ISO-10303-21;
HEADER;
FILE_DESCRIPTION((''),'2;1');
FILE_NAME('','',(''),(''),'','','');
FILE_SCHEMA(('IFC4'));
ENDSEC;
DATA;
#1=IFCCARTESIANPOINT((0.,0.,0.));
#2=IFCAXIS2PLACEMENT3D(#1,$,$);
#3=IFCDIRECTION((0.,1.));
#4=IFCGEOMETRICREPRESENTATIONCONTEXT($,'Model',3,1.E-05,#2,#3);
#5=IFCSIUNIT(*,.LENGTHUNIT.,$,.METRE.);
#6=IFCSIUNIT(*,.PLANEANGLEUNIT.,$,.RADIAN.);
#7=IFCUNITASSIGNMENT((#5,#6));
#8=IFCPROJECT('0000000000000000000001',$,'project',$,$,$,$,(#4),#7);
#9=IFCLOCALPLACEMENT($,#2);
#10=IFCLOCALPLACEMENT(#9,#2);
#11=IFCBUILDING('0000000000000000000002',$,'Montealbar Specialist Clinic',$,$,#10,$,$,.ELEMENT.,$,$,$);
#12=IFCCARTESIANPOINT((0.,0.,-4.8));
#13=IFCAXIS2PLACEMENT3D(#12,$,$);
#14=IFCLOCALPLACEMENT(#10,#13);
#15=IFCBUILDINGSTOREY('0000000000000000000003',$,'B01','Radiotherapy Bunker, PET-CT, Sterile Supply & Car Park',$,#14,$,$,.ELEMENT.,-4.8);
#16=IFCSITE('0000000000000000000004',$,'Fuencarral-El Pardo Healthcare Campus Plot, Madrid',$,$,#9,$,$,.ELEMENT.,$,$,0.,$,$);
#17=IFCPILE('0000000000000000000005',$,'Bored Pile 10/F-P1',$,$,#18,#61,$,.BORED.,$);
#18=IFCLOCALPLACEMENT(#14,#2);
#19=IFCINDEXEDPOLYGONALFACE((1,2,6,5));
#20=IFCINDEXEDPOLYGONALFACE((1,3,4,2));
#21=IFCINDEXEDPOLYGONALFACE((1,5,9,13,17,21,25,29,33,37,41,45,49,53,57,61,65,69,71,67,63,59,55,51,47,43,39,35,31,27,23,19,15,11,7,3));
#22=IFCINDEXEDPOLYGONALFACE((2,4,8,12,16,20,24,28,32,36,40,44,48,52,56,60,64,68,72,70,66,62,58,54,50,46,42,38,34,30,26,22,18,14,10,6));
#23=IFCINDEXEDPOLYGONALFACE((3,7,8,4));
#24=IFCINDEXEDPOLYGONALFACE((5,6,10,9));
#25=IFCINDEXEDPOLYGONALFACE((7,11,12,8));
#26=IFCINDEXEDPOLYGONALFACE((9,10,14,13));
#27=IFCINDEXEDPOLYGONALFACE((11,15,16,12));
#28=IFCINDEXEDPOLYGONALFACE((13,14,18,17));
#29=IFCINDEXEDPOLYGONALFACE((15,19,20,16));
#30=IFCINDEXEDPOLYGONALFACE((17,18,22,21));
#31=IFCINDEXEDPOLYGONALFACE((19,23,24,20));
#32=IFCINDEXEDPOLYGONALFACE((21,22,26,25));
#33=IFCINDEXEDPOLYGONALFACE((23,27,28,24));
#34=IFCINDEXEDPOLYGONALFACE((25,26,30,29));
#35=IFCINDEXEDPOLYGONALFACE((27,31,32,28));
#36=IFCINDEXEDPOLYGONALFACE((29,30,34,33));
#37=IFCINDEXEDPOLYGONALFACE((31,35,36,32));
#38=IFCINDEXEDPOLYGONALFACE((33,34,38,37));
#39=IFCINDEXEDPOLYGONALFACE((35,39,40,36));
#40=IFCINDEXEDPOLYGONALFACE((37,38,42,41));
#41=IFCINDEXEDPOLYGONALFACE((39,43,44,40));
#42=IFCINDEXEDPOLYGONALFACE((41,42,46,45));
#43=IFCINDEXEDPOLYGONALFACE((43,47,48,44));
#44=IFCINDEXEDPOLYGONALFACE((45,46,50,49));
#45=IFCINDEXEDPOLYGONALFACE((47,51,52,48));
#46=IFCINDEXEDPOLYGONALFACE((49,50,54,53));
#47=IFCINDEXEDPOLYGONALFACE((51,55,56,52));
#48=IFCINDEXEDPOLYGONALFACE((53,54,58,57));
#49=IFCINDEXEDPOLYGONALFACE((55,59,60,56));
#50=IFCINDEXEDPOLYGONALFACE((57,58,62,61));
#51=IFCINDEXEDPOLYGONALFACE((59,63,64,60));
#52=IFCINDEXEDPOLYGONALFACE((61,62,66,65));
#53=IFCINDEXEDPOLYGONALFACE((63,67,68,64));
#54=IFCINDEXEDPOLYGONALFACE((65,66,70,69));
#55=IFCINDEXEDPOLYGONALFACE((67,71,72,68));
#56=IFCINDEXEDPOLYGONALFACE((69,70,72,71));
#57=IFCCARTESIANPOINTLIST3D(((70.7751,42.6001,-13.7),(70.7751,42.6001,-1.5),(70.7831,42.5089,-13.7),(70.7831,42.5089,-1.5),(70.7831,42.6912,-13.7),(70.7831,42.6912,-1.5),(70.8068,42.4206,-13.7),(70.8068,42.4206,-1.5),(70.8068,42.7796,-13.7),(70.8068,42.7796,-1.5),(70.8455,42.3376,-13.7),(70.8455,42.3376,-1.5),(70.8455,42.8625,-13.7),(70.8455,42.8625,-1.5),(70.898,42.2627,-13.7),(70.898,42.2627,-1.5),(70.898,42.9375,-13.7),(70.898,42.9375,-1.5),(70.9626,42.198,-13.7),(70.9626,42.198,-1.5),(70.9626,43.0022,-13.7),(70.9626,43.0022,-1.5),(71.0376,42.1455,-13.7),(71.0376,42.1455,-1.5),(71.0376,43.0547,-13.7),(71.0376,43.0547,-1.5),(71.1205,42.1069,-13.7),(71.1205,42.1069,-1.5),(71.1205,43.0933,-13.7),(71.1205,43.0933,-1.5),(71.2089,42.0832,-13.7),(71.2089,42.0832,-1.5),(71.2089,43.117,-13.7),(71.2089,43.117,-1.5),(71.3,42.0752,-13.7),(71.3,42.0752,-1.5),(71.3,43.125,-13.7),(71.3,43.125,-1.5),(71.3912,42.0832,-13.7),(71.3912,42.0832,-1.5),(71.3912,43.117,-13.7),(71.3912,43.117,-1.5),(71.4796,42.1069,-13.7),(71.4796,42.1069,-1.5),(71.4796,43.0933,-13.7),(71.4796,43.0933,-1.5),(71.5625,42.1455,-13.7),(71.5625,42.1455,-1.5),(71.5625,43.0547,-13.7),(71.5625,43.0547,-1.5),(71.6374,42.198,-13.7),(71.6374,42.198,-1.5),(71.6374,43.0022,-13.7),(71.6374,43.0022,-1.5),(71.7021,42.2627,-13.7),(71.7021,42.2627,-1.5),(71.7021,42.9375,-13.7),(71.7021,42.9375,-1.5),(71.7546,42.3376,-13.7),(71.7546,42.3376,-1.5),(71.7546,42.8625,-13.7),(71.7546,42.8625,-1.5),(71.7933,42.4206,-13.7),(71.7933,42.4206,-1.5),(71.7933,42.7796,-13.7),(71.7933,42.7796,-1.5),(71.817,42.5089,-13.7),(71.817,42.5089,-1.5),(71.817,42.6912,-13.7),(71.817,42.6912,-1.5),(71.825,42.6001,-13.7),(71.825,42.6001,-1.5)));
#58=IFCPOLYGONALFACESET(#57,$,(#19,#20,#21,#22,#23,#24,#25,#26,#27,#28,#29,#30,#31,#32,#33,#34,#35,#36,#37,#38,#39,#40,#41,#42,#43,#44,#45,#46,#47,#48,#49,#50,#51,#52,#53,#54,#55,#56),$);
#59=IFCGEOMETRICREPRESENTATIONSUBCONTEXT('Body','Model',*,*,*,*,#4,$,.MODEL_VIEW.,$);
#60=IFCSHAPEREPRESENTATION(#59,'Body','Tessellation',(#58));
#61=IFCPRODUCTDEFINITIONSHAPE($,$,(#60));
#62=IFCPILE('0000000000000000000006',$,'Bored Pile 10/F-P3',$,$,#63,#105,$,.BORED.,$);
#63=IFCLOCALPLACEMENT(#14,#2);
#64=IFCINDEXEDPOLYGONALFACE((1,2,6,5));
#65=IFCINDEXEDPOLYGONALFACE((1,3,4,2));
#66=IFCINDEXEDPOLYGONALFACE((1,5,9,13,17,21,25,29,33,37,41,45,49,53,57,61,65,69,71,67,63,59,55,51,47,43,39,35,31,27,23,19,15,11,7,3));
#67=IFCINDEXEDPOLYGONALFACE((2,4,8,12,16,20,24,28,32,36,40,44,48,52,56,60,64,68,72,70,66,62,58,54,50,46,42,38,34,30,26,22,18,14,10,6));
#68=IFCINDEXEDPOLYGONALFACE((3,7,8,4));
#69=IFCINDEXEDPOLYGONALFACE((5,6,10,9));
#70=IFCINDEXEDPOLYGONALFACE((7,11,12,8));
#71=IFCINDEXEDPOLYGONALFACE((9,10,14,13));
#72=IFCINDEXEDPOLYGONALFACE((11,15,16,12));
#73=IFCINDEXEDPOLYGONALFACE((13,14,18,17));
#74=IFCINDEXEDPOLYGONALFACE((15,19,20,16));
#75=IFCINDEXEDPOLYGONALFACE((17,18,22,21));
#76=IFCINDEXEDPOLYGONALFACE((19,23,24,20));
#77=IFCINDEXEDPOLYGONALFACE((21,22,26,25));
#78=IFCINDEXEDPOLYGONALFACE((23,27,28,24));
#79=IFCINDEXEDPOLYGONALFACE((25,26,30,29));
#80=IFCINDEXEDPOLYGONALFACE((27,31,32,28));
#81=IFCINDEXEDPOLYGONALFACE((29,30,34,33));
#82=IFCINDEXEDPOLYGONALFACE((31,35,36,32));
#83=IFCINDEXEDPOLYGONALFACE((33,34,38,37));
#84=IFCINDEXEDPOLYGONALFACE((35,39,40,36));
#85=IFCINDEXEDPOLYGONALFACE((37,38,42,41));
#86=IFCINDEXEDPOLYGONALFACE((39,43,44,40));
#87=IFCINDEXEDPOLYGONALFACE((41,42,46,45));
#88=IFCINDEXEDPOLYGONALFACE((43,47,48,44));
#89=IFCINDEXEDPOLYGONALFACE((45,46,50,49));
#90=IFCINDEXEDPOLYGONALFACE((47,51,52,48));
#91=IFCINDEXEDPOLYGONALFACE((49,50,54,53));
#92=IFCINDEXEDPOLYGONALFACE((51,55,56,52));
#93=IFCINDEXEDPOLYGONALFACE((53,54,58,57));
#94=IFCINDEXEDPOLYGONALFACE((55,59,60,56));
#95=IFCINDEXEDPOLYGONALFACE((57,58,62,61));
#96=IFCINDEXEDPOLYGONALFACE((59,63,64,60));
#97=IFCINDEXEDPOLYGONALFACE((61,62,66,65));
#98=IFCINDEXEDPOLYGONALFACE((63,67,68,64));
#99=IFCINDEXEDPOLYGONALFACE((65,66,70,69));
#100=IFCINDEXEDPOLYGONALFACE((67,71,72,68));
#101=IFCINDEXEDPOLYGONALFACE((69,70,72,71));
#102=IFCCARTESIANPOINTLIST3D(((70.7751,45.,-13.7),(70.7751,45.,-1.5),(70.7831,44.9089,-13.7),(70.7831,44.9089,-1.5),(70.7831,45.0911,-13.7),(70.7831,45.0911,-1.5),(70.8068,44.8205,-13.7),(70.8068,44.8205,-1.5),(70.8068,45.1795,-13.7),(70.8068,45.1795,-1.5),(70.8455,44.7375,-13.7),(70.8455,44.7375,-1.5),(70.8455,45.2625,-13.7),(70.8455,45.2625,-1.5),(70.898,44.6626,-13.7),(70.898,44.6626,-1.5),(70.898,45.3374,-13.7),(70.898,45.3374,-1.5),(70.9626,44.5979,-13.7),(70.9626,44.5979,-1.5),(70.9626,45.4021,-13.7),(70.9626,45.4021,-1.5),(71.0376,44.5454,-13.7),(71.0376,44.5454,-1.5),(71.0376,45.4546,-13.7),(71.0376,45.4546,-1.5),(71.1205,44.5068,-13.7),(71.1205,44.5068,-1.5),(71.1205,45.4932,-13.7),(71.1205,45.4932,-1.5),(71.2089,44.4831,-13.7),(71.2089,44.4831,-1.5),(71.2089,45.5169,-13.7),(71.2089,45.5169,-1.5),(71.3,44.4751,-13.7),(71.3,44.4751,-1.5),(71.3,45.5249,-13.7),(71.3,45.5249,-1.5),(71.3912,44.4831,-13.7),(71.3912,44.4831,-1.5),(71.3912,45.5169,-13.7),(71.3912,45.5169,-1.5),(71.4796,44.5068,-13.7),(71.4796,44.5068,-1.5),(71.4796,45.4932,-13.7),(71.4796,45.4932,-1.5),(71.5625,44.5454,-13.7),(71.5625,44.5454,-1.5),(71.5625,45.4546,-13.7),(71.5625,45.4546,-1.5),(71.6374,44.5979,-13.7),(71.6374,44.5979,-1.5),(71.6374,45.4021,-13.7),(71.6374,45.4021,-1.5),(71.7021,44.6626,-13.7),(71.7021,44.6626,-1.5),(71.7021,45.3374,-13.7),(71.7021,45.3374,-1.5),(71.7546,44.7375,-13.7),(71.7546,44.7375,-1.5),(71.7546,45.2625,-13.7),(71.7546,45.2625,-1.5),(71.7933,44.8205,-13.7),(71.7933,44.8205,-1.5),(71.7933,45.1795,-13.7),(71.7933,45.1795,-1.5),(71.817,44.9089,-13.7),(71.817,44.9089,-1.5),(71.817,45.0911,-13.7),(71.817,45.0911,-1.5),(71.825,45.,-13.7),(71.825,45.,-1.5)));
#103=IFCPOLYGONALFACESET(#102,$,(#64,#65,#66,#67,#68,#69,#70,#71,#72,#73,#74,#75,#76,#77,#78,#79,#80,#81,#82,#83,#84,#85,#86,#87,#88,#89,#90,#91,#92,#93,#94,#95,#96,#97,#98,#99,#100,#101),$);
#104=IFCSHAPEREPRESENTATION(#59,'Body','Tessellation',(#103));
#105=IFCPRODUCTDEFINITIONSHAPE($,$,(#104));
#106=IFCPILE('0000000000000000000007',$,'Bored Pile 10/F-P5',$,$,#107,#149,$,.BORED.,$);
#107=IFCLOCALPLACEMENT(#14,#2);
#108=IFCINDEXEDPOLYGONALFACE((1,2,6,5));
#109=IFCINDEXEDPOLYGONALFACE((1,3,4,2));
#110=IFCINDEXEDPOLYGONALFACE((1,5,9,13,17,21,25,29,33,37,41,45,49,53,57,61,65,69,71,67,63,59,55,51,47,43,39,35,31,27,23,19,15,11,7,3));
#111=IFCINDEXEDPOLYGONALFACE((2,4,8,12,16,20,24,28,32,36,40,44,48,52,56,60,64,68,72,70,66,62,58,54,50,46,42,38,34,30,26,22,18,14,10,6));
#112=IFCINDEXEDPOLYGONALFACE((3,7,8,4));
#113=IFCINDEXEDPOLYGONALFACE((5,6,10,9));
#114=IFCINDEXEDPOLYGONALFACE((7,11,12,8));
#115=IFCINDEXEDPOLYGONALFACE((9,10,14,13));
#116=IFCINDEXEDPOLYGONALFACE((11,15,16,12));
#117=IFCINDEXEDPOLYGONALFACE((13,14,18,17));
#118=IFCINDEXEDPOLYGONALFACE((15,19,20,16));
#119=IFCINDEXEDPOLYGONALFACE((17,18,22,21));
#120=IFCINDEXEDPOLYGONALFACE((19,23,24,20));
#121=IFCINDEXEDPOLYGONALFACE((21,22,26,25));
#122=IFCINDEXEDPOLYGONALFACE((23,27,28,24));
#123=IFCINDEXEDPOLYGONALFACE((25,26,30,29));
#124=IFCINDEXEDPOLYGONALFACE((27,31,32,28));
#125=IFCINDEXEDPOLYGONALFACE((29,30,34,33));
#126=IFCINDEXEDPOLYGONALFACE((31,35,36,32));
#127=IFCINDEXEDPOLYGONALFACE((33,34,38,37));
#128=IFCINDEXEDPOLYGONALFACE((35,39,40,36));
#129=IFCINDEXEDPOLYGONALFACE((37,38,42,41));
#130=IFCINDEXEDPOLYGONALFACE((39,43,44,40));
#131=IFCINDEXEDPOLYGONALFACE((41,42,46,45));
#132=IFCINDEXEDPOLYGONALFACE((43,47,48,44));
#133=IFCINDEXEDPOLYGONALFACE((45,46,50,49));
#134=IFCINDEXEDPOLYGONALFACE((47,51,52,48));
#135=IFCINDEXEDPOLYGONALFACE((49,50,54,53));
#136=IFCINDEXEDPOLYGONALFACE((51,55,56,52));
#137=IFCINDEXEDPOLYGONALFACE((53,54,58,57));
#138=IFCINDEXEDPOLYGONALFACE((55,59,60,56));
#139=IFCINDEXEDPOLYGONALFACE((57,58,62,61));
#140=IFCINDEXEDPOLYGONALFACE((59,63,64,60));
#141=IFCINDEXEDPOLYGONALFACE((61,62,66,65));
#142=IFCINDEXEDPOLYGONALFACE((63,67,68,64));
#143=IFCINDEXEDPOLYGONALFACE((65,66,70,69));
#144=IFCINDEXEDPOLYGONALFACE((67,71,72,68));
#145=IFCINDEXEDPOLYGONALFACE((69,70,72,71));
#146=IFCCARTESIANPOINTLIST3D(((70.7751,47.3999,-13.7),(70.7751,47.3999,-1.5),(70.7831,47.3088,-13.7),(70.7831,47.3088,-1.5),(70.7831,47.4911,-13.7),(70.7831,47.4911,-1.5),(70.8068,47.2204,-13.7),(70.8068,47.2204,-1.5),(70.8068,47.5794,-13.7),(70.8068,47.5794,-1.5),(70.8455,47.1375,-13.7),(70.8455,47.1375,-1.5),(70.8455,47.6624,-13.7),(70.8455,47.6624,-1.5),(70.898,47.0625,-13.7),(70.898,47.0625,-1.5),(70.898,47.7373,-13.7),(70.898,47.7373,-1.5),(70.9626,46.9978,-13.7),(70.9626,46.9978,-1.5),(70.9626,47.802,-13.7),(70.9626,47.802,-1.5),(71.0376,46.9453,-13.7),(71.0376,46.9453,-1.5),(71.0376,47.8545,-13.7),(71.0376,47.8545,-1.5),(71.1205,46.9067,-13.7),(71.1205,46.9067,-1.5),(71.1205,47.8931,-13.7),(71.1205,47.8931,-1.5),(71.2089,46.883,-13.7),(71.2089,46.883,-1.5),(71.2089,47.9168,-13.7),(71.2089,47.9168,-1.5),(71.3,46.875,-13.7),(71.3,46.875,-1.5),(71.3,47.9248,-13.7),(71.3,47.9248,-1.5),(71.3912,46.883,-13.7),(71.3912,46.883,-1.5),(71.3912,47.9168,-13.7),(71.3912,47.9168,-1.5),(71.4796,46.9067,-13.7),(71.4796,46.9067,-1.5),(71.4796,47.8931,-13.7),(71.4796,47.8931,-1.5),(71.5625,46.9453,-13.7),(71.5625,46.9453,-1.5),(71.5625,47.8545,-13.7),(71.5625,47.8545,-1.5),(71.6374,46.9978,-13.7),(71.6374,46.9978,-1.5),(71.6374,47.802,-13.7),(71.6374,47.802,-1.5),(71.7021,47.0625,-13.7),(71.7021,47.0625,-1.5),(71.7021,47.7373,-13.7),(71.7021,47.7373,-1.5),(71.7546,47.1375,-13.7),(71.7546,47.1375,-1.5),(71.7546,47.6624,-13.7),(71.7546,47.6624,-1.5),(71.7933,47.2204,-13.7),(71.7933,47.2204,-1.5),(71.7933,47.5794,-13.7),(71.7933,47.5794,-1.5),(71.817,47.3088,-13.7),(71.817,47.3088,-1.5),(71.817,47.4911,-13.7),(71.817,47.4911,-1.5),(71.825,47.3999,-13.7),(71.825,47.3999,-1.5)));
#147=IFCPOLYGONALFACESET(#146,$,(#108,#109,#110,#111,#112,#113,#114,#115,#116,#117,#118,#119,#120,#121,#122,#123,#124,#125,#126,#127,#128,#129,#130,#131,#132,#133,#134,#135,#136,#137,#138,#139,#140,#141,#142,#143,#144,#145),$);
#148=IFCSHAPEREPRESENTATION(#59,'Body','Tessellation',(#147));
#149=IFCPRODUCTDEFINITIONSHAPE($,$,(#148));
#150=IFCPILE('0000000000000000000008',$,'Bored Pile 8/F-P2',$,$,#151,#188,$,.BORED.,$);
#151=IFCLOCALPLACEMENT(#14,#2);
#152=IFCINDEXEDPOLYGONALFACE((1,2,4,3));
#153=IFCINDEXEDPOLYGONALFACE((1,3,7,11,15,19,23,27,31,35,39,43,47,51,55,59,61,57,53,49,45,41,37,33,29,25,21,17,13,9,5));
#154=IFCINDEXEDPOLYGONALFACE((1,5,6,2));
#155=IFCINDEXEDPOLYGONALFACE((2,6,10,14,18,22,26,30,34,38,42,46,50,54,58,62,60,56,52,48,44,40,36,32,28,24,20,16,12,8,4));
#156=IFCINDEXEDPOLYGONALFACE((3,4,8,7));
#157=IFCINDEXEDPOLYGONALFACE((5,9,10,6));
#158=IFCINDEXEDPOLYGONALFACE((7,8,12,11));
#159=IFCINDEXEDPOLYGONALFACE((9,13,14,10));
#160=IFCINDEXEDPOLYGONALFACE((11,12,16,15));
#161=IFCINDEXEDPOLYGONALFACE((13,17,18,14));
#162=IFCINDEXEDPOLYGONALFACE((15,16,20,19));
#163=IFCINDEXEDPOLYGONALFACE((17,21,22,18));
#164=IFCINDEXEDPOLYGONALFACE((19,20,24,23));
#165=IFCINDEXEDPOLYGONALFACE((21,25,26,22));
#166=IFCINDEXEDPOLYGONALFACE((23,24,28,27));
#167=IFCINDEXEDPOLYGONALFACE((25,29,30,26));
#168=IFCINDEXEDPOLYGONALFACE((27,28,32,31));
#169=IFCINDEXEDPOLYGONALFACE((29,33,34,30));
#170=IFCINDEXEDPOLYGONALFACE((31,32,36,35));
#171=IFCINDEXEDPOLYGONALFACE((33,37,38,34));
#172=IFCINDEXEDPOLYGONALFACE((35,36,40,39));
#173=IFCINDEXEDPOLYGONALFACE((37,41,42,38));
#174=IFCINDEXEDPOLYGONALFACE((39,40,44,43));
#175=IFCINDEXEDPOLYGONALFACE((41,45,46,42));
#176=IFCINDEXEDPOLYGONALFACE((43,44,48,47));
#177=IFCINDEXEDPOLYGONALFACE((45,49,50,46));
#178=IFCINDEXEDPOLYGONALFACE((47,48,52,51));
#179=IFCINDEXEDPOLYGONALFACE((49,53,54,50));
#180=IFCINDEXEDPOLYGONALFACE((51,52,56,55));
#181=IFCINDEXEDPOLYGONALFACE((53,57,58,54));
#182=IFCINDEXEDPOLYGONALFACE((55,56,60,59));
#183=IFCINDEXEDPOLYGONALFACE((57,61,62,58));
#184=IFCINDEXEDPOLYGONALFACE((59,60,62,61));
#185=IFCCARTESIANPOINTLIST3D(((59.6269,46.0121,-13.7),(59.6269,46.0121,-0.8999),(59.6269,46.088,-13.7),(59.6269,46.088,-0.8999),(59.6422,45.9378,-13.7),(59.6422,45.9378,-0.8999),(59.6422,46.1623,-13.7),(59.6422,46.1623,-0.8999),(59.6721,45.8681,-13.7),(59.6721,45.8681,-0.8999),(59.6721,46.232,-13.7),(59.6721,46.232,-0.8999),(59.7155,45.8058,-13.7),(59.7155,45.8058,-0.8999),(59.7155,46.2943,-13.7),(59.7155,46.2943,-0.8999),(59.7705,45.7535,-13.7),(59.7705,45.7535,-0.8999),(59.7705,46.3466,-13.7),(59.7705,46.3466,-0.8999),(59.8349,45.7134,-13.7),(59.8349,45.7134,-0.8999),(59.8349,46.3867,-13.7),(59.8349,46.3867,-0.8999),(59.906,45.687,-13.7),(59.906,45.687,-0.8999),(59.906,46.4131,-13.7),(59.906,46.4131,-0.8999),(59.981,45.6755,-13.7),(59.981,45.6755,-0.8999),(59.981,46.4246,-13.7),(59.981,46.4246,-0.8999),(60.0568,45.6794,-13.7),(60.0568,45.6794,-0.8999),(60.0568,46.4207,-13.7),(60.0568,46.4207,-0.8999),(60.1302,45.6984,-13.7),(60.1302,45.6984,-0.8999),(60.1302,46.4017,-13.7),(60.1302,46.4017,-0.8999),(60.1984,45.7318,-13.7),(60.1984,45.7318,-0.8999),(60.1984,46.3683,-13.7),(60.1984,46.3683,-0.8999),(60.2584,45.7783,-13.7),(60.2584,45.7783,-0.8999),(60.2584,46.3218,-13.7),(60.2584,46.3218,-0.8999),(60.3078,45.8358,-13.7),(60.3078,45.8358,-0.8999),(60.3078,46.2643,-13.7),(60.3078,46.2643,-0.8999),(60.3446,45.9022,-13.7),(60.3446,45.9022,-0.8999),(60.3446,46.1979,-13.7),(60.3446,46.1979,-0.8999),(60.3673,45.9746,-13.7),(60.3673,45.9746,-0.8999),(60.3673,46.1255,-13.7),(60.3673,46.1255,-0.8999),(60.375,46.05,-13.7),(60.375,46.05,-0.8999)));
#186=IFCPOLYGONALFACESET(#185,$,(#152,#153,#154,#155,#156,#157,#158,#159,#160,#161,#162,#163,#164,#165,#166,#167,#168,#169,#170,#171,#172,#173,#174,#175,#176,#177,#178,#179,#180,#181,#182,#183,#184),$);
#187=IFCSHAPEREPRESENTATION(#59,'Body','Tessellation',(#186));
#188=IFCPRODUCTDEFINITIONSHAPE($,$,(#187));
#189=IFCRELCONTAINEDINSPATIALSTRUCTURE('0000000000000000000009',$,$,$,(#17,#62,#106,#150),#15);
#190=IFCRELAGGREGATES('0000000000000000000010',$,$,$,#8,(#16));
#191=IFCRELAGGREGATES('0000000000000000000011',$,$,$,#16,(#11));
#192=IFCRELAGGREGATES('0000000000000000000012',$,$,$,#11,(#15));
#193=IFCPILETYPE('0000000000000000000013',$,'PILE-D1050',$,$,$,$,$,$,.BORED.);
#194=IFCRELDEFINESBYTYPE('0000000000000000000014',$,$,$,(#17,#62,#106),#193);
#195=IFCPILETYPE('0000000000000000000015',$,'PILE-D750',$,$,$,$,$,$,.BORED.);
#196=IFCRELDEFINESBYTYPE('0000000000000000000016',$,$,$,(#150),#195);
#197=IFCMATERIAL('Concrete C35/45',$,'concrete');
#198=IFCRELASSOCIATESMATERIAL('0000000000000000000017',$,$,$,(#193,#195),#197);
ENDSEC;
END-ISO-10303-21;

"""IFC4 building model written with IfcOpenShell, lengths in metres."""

from ifc_helpers import new_model, si_unit, direction, frame, origin, origin_2d, place, context, subcontext, project, spatial, circle, extrude, material, material_profile, profile_set, type_object, element, save


model = new_model("IFC4")

# Units and contexts
model_context = context("Model", 3, precision=1e-05, world=origin(), true_north=direction((0.0, 1.0)))
body_context = subcontext(model_context, "Body", "Model", "MODEL_VIEW")
ifc_project = project(units=[si_unit("LENGTHUNIT", "METRE"), si_unit("PLANEANGLEUNIT", "RADIAN")], contexts=[model_context])

# Site, building, storey
site_placement = place(None, origin())
site = spatial("IfcSite", under=ifc_project, at=site_placement, Name="Fuencarral-El Pardo Healthcare Campus Plot, Madrid", CompositionType="ELEMENT", RefElevation=0.0)
building_placement = place(site_placement, origin())
building = spatial("IfcBuilding", under=site, at=building_placement, Name="Montealbar Specialist Clinic", CompositionType="ELEMENT")
storey_placement = place(building_placement, frame((0.0, 0.0, -4.8)))
storey = spatial("IfcBuildingStorey", under=building, at=storey_placement, Name="B01", Description="Radiotherapy Bunker, PET-CT, Sterile Supply & Car Park", CompositionType="ELEMENT", Elevation=-4.8)

# Shared definitions
ifc_material_1 = material(Name="Concrete C35/45", Category="concrete")

# Piles
ifc_material_profile_1 = material_profile(ifc_material_1, circle(Radius=0.5249, at=origin_2d()), Name="PILE D1050", Category="concrete")
ifc_profile_set_1 = profile_set([ifc_material_profile_1], Name="Concrete C35/45")
pile_type_1 = type_object("IfcPileType", Name="PILE-D1050", PredefinedType="BORED", material=ifc_profile_set_1)
for number, where, z_axis, x_axis, name in (
    (1, (71.3, 42.6001, -1.5), (0.0, 0.0, -1.0), (1.0, 0.0, 0.0), "Bored Pile 10/F-P1"),
    (2, (71.3, 45.0, -1.5), (0.0, 0.0, -1.0), (1.0, 0.0, 0.0), "Bored Pile 10/F-P3"),
    (3, (71.3, 47.3999, -1.5), (0.0, 0.0, -1.0), (1.0, 0.0, 0.0), "Bored Pile 10/F-P5"),
):
    element("IfcPile", number, at=place(storey_placement, frame(where, z_axis=z_axis, x_axis=x_axis)), inside=storey, type_object=pile_type_1, Name=name, PredefinedType="BORED", context=body_context, shape_type="SweptSolid", body=[
        extrude(circle(Radius=0.5249, at=origin_2d()), origin(), (0.0, 0.0, 1.0), 12.2),
    ])
ifc_material_profile_2 = material_profile(ifc_material_1, circle(Radius=0.375, at=origin_2d()), Name="PILE D750", Category="concrete")
ifc_profile_set_2 = profile_set([ifc_material_profile_2], Name="Concrete C35/45")
pile_type_2 = type_object("IfcPileType", Name="PILE-D750", PredefinedType="BORED", material=ifc_profile_set_2)
pile_1_placement = place(storey_placement, frame((60.0, 46.05, -0.8999), z_axis=(0.0, 0.0, -1.0), x_axis=(1.0, 0.0, 0.0)))
element("IfcPile", 4, at=pile_1_placement, inside=storey, type_object=pile_type_2, Name="Bored Pile 8/F-P2", PredefinedType="BORED", context=body_context, shape_type="SweptSolid", body=[
    extrude(circle(Radius=0.375, at=origin_2d()), origin(), (0.0, 0.0, 1.0), 12.8),
])

save(model, "model.ifc")
